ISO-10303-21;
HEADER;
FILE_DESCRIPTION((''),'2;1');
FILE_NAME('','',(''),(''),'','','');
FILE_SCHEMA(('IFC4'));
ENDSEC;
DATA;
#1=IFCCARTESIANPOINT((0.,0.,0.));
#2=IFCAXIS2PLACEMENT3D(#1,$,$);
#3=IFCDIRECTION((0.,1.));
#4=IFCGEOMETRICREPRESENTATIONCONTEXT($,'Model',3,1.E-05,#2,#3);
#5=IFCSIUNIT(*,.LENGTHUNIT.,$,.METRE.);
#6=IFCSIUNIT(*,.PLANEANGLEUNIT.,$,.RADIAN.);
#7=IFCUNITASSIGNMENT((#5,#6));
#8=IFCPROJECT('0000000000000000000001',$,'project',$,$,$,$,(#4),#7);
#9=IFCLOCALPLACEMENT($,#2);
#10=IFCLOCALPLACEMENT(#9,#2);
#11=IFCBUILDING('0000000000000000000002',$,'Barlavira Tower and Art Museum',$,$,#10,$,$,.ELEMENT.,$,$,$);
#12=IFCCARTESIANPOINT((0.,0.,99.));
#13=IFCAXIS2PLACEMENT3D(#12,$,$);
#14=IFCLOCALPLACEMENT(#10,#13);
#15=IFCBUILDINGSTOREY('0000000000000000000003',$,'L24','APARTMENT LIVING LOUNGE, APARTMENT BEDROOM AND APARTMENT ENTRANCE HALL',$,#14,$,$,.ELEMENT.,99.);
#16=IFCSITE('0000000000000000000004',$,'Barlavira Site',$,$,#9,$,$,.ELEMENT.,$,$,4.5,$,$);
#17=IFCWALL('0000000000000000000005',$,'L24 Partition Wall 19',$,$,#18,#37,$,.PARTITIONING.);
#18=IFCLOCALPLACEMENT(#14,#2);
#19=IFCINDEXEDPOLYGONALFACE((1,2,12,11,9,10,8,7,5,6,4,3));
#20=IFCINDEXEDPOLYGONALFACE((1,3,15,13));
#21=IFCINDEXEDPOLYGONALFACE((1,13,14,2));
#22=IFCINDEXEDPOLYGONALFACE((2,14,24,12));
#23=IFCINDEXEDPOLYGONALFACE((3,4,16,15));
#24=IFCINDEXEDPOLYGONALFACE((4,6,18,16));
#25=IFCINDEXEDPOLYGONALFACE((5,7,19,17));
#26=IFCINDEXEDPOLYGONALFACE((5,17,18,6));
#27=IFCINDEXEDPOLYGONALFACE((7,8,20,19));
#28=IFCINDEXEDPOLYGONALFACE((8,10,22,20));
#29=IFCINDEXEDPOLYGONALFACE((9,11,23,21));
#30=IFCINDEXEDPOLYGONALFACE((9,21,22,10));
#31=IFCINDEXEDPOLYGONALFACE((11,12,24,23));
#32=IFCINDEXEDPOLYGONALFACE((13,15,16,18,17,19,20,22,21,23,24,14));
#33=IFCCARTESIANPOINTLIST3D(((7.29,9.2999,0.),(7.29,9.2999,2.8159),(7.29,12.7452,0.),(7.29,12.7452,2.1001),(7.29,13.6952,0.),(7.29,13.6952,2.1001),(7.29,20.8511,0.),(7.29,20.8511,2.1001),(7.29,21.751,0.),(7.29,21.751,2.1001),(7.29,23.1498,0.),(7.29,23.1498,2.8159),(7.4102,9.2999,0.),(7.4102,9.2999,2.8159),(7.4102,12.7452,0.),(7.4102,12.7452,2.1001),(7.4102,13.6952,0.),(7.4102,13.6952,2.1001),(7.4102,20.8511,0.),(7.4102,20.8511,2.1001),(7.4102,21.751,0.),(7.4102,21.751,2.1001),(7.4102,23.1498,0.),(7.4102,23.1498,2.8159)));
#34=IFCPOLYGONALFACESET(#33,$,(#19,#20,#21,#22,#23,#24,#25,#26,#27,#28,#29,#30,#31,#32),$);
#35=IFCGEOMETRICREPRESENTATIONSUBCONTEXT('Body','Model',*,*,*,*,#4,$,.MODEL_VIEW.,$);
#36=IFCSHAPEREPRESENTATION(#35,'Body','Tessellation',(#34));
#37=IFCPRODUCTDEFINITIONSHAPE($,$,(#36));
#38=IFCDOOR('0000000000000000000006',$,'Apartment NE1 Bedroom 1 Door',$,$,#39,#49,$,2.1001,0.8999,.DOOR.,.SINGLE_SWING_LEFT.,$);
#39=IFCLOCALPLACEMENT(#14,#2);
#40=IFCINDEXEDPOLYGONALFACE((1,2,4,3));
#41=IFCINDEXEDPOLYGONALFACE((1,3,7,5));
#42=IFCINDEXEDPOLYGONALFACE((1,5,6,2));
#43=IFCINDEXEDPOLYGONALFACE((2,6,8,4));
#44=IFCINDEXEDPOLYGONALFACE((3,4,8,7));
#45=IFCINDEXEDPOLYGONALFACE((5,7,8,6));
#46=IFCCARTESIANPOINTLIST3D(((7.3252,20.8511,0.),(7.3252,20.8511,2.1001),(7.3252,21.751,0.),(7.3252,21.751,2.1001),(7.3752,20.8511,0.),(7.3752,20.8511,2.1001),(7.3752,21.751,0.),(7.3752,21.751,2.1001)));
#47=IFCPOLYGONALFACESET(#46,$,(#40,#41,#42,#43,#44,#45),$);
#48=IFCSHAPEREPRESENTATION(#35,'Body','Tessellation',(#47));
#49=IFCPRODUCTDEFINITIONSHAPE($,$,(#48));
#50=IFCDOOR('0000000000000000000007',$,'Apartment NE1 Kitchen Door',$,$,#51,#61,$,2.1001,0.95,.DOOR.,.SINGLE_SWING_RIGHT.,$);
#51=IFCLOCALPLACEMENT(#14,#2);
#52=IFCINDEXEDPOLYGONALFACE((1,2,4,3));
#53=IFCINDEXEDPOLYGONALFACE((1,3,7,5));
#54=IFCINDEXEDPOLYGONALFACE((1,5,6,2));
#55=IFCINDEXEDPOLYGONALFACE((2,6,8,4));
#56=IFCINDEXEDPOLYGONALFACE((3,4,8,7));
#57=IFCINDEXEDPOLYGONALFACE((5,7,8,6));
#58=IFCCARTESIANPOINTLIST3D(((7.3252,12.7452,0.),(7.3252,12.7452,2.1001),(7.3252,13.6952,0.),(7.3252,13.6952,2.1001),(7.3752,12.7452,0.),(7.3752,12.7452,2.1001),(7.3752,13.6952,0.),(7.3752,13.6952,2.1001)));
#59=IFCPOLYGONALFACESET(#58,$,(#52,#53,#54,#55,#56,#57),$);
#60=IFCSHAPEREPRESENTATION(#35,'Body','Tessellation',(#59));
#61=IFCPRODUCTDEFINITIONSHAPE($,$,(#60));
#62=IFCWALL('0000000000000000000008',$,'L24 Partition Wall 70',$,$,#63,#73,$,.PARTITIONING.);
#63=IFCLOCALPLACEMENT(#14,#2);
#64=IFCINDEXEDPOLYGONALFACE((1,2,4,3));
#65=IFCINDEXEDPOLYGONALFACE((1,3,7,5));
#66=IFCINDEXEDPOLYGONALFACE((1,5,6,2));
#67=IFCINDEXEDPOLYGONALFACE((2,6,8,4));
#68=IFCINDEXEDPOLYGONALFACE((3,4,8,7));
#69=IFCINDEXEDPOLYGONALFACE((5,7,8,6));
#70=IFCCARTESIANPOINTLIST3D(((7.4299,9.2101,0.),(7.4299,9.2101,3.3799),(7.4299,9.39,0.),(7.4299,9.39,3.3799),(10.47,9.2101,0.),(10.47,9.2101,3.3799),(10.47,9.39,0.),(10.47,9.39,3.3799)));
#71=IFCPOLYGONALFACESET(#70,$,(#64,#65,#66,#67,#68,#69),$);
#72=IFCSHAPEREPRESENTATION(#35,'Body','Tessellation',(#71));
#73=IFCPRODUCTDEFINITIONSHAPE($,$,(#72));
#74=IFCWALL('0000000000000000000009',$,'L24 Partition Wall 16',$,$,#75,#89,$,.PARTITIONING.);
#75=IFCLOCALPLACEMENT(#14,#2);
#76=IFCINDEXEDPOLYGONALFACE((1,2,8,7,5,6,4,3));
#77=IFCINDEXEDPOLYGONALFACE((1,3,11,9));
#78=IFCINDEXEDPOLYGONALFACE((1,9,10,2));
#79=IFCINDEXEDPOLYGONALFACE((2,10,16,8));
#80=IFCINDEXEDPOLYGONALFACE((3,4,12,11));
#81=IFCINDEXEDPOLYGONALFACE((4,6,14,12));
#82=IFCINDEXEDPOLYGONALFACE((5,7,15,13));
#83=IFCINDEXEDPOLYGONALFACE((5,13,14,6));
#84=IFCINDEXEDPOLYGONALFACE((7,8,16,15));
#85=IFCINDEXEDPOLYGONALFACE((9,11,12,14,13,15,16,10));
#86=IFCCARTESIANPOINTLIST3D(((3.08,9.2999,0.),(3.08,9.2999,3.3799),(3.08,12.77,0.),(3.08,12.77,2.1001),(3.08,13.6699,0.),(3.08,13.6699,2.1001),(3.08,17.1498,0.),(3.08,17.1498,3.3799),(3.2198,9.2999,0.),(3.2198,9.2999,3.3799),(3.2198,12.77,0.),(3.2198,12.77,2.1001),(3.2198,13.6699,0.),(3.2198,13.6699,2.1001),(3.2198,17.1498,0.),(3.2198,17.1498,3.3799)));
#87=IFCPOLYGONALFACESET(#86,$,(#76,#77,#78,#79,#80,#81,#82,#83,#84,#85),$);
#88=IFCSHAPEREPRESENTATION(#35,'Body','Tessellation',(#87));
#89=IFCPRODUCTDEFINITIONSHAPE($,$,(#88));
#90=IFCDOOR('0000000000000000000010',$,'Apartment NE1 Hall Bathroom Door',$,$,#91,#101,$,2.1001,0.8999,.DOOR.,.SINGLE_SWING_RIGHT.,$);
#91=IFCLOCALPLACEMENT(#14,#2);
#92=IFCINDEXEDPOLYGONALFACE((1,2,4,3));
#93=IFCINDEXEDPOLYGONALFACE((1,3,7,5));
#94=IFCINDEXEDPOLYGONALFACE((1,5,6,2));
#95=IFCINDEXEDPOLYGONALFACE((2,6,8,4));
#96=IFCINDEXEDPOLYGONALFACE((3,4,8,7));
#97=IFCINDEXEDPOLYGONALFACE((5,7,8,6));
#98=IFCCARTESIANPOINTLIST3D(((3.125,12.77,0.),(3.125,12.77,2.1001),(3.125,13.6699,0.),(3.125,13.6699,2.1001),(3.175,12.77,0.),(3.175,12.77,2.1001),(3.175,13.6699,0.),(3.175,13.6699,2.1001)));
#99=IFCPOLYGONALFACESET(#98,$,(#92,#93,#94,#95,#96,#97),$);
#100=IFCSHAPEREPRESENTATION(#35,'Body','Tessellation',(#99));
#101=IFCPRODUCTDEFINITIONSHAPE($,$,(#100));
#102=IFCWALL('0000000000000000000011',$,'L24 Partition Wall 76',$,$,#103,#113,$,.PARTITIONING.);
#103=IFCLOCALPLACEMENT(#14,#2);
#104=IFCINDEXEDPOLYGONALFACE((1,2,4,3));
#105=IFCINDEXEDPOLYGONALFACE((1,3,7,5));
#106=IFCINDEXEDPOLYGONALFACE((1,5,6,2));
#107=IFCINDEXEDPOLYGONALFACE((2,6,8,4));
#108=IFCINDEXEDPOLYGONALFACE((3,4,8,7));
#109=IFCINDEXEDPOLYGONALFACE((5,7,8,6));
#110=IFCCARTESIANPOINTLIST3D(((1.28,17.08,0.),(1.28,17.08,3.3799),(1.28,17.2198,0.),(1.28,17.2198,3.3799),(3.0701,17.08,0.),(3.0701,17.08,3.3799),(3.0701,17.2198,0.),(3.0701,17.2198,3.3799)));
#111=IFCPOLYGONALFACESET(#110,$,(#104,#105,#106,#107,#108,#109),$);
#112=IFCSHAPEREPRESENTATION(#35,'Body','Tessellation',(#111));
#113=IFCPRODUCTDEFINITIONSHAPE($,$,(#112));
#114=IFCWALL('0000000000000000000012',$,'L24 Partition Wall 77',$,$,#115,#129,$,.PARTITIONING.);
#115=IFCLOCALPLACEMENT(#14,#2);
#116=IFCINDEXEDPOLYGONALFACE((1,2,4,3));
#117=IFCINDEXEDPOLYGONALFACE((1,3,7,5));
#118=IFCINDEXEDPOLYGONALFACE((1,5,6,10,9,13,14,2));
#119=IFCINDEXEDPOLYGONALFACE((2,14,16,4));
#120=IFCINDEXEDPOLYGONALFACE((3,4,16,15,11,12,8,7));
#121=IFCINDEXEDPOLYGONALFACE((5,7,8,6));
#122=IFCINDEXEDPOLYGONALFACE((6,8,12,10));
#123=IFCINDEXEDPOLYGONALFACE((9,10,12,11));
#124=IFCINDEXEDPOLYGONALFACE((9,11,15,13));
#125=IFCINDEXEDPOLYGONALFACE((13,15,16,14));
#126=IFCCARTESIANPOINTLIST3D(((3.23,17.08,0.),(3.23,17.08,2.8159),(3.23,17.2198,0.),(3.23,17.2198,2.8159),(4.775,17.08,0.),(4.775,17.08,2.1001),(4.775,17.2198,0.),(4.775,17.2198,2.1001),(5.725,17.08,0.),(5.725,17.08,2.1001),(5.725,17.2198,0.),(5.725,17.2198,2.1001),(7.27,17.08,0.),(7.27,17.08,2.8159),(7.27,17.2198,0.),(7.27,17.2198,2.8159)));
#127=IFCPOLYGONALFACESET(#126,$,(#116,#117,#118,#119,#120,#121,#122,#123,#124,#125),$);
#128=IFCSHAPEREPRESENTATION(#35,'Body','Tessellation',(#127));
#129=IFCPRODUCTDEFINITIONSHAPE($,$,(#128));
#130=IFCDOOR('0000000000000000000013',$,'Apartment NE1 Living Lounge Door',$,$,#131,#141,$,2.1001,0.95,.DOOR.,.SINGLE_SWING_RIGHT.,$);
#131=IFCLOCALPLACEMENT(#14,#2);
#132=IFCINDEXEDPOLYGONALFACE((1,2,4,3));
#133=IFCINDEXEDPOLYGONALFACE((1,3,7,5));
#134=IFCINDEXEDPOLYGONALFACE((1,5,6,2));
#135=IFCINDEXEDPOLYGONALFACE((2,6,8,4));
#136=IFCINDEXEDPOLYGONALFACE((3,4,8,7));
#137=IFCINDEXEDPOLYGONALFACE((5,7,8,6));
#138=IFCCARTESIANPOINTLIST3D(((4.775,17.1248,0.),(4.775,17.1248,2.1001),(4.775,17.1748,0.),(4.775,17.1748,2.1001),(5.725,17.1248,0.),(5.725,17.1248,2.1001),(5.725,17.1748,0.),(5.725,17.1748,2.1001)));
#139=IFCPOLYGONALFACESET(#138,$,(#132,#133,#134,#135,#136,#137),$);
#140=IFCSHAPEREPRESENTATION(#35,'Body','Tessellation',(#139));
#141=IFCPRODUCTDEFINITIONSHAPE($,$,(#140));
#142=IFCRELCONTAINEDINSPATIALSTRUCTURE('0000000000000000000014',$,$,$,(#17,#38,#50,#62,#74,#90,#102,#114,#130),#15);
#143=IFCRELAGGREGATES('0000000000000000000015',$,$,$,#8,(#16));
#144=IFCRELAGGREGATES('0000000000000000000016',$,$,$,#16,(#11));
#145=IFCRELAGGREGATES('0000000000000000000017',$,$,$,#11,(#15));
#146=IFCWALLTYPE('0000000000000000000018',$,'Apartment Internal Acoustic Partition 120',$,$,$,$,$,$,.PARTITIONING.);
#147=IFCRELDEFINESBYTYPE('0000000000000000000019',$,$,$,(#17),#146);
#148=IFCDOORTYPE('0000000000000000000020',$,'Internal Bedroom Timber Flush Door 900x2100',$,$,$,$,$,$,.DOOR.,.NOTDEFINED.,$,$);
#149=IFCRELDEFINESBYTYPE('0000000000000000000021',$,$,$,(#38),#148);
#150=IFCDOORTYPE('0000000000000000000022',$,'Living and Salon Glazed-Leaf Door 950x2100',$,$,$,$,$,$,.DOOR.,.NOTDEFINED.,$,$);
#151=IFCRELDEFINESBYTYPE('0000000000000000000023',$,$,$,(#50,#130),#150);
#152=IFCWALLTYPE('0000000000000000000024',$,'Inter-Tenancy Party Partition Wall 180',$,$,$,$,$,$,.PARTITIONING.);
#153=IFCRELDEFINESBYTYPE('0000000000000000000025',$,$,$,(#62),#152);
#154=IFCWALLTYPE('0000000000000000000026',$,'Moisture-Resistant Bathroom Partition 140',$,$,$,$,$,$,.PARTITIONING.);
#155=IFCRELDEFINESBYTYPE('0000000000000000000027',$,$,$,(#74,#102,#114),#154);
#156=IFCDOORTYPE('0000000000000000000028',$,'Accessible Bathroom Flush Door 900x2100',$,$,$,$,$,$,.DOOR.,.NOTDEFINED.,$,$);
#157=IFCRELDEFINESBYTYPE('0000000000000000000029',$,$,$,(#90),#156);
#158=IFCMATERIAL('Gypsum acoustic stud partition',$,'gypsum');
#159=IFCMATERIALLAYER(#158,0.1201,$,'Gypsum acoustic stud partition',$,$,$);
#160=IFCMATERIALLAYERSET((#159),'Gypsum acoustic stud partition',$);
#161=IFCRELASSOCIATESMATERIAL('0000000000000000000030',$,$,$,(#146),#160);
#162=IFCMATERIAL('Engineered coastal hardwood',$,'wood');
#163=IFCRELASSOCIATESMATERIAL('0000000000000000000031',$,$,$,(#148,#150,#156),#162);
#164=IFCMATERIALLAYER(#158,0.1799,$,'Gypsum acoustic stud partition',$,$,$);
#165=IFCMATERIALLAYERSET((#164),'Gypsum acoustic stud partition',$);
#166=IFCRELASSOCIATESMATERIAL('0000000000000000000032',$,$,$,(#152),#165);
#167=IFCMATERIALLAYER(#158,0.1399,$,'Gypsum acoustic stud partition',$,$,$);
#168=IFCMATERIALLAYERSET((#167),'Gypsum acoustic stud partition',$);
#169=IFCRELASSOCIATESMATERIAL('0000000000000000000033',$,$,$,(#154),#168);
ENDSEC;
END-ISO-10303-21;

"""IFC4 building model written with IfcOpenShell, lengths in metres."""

from ifc_helpers import new_model, si_unit, direction, frame, frame_2d, origin, place, context, subcontext, project, spatial, rectangle, extrude, material, layer, layer_set, type_object, element, fill, save


model = new_model("IFC4")

# Units and contexts
model_context = context("Model", 3, precision=1e-05, world=origin(), true_north=direction((0.0, 1.0)))
body_context = subcontext(model_context, "Body", "Model", "MODEL_VIEW")
ifc_project = project(units=[si_unit("LENGTHUNIT", "METRE"), si_unit("PLANEANGLEUNIT", "RADIAN")], contexts=[model_context])

# Site, building, storey
site_placement = place(None, origin())
site = spatial("IfcSite", under=ifc_project, at=site_placement, Name="Barlavira Site", CompositionType="ELEMENT", RefElevation=4.5)
building_placement = place(site_placement, origin())
building = spatial("IfcBuilding", under=site, at=building_placement, Name="Barlavira Tower and Art Museum", CompositionType="ELEMENT")
storey_placement = place(building_placement, frame((0.0, 0.0, 99.0)))
storey = spatial("IfcBuildingStorey", under=building, at=storey_placement, Name="L24", Description="APARTMENT LIVING LOUNGE, APARTMENT BEDROOM AND APARTMENT ENTRANCE HALL", CompositionType="ELEMENT", Elevation=99.0)

# Wall, openings, doors
ifc_material_1 = material(Name="Gypsum acoustic stud partition", Category="gypsum")
ifc_layer_1 = layer(ifc_material_1, 0.1201, Name="Gypsum acoustic stud partition")
ifc_layer_set_1 = layer_set([ifc_layer_1], Name="Gypsum acoustic stud partition")
wall_type_1 = type_object("IfcWallType", Name="Apartment Internal Acoustic Partition 120", PredefinedType="PARTITIONING", material=ifc_layer_set_1)
wall_1_placement = place(storey_placement, frame((7.3501, 9.3, 0.0), z_axis=(0.0, 0.0, 1.0), x_axis=(0.0, 1.0, 0.0)))
wall_1 = element("IfcWall", 1, at=wall_1_placement, inside=storey, type_object=wall_type_1, Name="L24 Partition Wall 19", PredefinedType="PARTITIONING", context=body_context, shape_type="SweptSolid", body=[
    extrude(rectangle(XDim=13.8499, YDim=0.1201, at=frame_2d((6.9248, 0.0))), origin(), (0.0, 0.0, 1.0), 2.8159),
])
opening_1_placement = place(wall_1_placement, frame((3.4451, 0.0, 0.0)))
opening_1 = element("IfcOpeningElement", 2, at=opening_1_placement, cuts=wall_1, PredefinedType="OPENING", context=body_context, shape_type="SweptSolid", body=[
    extrude(rectangle(XDim=0.95, YDim=2.1001, at=frame_2d((0.4751, 1.05))), frame((0.0, 0.0701, 0.0), z_axis=(0.0, -1.0, 0.0), x_axis=(1.0, 0.0, 0.0)), (0.0, 0.0, 1.0), 0.1401),
])
opening_2_placement = place(wall_1_placement, frame((11.551, 0.0, 0.0)))
opening_2 = element("IfcOpeningElement", 3, at=opening_2_placement, cuts=wall_1, PredefinedType="OPENING", context=body_context, shape_type="SweptSolid", body=[
    extrude(rectangle(XDim=0.8999, YDim=2.1001, at=frame_2d((0.45, 1.05))), frame((0.0, 0.0701, 0.0), z_axis=(0.0, -1.0, 0.0), x_axis=(1.0, 0.0, 0.0)), (0.0, 0.0, 1.0), 0.1401),
])
ifc_material_2 = material(Name="Engineered coastal hardwood", Category="wood")
door_type_1 = type_object("IfcDoorType", Name="Internal Bedroom Timber Flush Door 900x2100", OperationType="NOTDEFINED", PredefinedType="DOOR", material=ifc_material_2)
door_1_placement = place(opening_2_placement, origin())
door_1 = element("IfcDoor", 4, at=door_1_placement, inside=storey, type_object=door_type_1, Name="Apartment NE1 Bedroom 1 Door", OperationType="SINGLE_SWING_LEFT", OverallHeight=2.1001, OverallWidth=0.8999, PredefinedType="DOOR", context=body_context, shape_type="SweptSolid", body=[
    extrude(rectangle(XDim=0.8999, YDim=2.1001, at=frame_2d((0.45, 1.05))), frame((0.0, 0.0249, 0.0), z_axis=(0.0, -1.0, 0.0), x_axis=(1.0, 0.0, 0.0)), (0.0, 0.0, 1.0), 0.05),
])
fill(opening_2, door_1)
door_type_2 = type_object("IfcDoorType", Name="Living and Salon Glazed-Leaf Door 950x2100", OperationType="NOTDEFINED", PredefinedType="DOOR", material=ifc_material_2)
door_2_placement = place(opening_1_placement, origin())
door_2 = element("IfcDoor", 5, at=door_2_placement, inside=storey, type_object=door_type_2, Name="Apartment NE1 Kitchen Door", OperationType="SINGLE_SWING_RIGHT", OverallHeight=2.1001, OverallWidth=0.95, PredefinedType="DOOR", context=body_context, shape_type="SweptSolid", body=[
    extrude(rectangle(XDim=0.95, YDim=2.1001, at=frame_2d((0.4751, 1.05))), frame((0.0, 0.0249, 0.0), z_axis=(0.0, -1.0, 0.0), x_axis=(1.0, 0.0, 0.0)), (0.0, 0.0, 1.0), 0.05),
])
fill(opening_1, door_2)

# Shared definitions
ifc_layer_2 = layer(ifc_material_1, 0.1799, Name="Gypsum acoustic stud partition")
ifc_layer_set_2 = layer_set([ifc_layer_2], Name="Gypsum acoustic stud partition")
wall_type_2 = type_object("IfcWallType", Name="Inter-Tenancy Party Partition Wall 180", PredefinedType="PARTITIONING", material=ifc_layer_set_2)

# Wall
wall_2_placement = place(storey_placement, frame((7.4299, 9.3, 0.0), z_axis=(0.0, 0.0, 1.0), x_axis=(1.0, 0.0, 0.0)))
element("IfcWall", 6, at=wall_2_placement, inside=storey, type_object=wall_type_2, Name="L24 Partition Wall 70", PredefinedType="PARTITIONING", context=body_context, shape_type="SweptSolid", body=[
    extrude(rectangle(XDim=3.04, YDim=0.1799, at=frame_2d((1.52, 0.0))), origin(), (0.0, 0.0, 1.0), 3.3799),
])

# Wall, opening, door
ifc_layer_3 = layer(ifc_material_1, 0.1399, Name="Gypsum acoustic stud partition")
ifc_layer_set_3 = layer_set([ifc_layer_3], Name="Gypsum acoustic stud partition")
wall_type_3 = type_object("IfcWallType", Name="Moisture-Resistant Bathroom Partition 140", PredefinedType="PARTITIONING", material=ifc_layer_set_3)
wall_3_placement = place(storey_placement, frame((3.1499, 9.3, 0.0), z_axis=(0.0, 0.0, 1.0), x_axis=(0.0, 1.0, 0.0)))
wall_3 = element("IfcWall", 7, at=wall_3_placement, inside=storey, type_object=wall_type_3, Name="L24 Partition Wall 16", PredefinedType="PARTITIONING", context=body_context, shape_type="SweptSolid", body=[
    extrude(rectangle(XDim=7.8499, YDim=0.1399, at=frame_2d((3.9248, 0.0))), origin(), (0.0, 0.0, 1.0), 3.3799),
])
opening_3_placement = place(wall_3_placement, frame((3.47, 0.0, 0.0)))
opening_3 = element("IfcOpeningElement", 8, at=opening_3_placement, cuts=wall_3, PredefinedType="OPENING", context=body_context, shape_type="SweptSolid", body=[
    extrude(rectangle(XDim=0.8999, YDim=2.1001, at=frame_2d((0.45, 1.05))), frame((0.0, 0.0801, 0.0), z_axis=(0.0, -1.0, 0.0), x_axis=(1.0, 0.0, 0.0)), (0.0, 0.0, 1.0), 0.1599),
])
door_type_3 = type_object("IfcDoorType", Name="Accessible Bathroom Flush Door 900x2100", OperationType="NOTDEFINED", PredefinedType="DOOR", material=ifc_material_2)
door_3_placement = place(opening_3_placement, origin())
door_3 = element("IfcDoor", 9, at=door_3_placement, inside=storey, type_object=door_type_3, Name="Apartment NE1 Hall Bathroom Door", OperationType="SINGLE_SWING_RIGHT", OverallHeight=2.1001, OverallWidth=0.8999, PredefinedType="DOOR", context=body_context, shape_type="SweptSolid", body=[
    extrude(rectangle(XDim=0.8999, YDim=2.1001, at=frame_2d((0.45, 1.05))), frame((0.0, 0.0249, 0.0), z_axis=(0.0, -1.0, 0.0), x_axis=(1.0, 0.0, 0.0)), (0.0, 0.0, 1.0), 0.05),
])
fill(opening_3, door_3)

# Wall
wall_4_placement = place(storey_placement, frame((1.28, 17.1499, 0.0), z_axis=(0.0, 0.0, 1.0), x_axis=(1.0, 0.0, 0.0)))
element("IfcWall", 10, at=wall_4_placement, inside=storey, type_object=wall_type_3, Name="L24 Partition Wall 76", PredefinedType="PARTITIONING", context=body_context, shape_type="SweptSolid", body=[
    extrude(rectangle(XDim=1.79, YDim=0.1399, at=frame_2d((0.895, 0.0))), origin(), (0.0, 0.0, 1.0), 3.3799),
])

# Wall, opening, door
wall_5_placement = place(storey_placement, frame((3.23, 17.1499, 0.0), z_axis=(0.0, 0.0, 1.0), x_axis=(1.0, 0.0, 0.0)))
wall_5 = element("IfcWall", 11, at=wall_5_placement, inside=storey, type_object=wall_type_3, Name="L24 Partition Wall 77", PredefinedType="PARTITIONING", context=body_context, shape_type="SweptSolid", body=[
    extrude(rectangle(XDim=4.04, YDim=0.1399, at=frame_2d((2.02, 0.0))), origin(), (0.0, 0.0, 1.0), 2.8159),
])
opening_4_placement = place(wall_5_placement, frame((1.5449, 0.0, 0.0)))
opening_4 = element("IfcOpeningElement", 12, at=opening_4_placement, cuts=wall_5, PredefinedType="OPENING", context=body_context, shape_type="SweptSolid", body=[
    extrude(rectangle(XDim=0.95, YDim=2.1001, at=frame_2d((0.4751, 1.05))), frame((0.0, 0.0801, 0.0), z_axis=(0.0, -1.0, 0.0), x_axis=(1.0, 0.0, 0.0)), (0.0, 0.0, 1.0), 0.1599),
])
door_4_placement = place(opening_4_placement, origin())
door_4 = element("IfcDoor", 13, at=door_4_placement, inside=storey, type_object=door_type_2, Name="Apartment NE1 Living Lounge Door", OperationType="SINGLE_SWING_RIGHT", OverallHeight=2.1001, OverallWidth=0.95, PredefinedType="DOOR", context=body_context, shape_type="SweptSolid", body=[
    extrude(rectangle(XDim=0.95, YDim=2.1001, at=frame_2d((0.4751, 1.05))), frame((0.0, 0.0249, 0.0), z_axis=(0.0, -1.0, 0.0), x_axis=(1.0, 0.0, 0.0)), (0.0, 0.0, 1.0), 0.05),
])
fill(opening_4, door_4)

save(model, "model.ifc")
